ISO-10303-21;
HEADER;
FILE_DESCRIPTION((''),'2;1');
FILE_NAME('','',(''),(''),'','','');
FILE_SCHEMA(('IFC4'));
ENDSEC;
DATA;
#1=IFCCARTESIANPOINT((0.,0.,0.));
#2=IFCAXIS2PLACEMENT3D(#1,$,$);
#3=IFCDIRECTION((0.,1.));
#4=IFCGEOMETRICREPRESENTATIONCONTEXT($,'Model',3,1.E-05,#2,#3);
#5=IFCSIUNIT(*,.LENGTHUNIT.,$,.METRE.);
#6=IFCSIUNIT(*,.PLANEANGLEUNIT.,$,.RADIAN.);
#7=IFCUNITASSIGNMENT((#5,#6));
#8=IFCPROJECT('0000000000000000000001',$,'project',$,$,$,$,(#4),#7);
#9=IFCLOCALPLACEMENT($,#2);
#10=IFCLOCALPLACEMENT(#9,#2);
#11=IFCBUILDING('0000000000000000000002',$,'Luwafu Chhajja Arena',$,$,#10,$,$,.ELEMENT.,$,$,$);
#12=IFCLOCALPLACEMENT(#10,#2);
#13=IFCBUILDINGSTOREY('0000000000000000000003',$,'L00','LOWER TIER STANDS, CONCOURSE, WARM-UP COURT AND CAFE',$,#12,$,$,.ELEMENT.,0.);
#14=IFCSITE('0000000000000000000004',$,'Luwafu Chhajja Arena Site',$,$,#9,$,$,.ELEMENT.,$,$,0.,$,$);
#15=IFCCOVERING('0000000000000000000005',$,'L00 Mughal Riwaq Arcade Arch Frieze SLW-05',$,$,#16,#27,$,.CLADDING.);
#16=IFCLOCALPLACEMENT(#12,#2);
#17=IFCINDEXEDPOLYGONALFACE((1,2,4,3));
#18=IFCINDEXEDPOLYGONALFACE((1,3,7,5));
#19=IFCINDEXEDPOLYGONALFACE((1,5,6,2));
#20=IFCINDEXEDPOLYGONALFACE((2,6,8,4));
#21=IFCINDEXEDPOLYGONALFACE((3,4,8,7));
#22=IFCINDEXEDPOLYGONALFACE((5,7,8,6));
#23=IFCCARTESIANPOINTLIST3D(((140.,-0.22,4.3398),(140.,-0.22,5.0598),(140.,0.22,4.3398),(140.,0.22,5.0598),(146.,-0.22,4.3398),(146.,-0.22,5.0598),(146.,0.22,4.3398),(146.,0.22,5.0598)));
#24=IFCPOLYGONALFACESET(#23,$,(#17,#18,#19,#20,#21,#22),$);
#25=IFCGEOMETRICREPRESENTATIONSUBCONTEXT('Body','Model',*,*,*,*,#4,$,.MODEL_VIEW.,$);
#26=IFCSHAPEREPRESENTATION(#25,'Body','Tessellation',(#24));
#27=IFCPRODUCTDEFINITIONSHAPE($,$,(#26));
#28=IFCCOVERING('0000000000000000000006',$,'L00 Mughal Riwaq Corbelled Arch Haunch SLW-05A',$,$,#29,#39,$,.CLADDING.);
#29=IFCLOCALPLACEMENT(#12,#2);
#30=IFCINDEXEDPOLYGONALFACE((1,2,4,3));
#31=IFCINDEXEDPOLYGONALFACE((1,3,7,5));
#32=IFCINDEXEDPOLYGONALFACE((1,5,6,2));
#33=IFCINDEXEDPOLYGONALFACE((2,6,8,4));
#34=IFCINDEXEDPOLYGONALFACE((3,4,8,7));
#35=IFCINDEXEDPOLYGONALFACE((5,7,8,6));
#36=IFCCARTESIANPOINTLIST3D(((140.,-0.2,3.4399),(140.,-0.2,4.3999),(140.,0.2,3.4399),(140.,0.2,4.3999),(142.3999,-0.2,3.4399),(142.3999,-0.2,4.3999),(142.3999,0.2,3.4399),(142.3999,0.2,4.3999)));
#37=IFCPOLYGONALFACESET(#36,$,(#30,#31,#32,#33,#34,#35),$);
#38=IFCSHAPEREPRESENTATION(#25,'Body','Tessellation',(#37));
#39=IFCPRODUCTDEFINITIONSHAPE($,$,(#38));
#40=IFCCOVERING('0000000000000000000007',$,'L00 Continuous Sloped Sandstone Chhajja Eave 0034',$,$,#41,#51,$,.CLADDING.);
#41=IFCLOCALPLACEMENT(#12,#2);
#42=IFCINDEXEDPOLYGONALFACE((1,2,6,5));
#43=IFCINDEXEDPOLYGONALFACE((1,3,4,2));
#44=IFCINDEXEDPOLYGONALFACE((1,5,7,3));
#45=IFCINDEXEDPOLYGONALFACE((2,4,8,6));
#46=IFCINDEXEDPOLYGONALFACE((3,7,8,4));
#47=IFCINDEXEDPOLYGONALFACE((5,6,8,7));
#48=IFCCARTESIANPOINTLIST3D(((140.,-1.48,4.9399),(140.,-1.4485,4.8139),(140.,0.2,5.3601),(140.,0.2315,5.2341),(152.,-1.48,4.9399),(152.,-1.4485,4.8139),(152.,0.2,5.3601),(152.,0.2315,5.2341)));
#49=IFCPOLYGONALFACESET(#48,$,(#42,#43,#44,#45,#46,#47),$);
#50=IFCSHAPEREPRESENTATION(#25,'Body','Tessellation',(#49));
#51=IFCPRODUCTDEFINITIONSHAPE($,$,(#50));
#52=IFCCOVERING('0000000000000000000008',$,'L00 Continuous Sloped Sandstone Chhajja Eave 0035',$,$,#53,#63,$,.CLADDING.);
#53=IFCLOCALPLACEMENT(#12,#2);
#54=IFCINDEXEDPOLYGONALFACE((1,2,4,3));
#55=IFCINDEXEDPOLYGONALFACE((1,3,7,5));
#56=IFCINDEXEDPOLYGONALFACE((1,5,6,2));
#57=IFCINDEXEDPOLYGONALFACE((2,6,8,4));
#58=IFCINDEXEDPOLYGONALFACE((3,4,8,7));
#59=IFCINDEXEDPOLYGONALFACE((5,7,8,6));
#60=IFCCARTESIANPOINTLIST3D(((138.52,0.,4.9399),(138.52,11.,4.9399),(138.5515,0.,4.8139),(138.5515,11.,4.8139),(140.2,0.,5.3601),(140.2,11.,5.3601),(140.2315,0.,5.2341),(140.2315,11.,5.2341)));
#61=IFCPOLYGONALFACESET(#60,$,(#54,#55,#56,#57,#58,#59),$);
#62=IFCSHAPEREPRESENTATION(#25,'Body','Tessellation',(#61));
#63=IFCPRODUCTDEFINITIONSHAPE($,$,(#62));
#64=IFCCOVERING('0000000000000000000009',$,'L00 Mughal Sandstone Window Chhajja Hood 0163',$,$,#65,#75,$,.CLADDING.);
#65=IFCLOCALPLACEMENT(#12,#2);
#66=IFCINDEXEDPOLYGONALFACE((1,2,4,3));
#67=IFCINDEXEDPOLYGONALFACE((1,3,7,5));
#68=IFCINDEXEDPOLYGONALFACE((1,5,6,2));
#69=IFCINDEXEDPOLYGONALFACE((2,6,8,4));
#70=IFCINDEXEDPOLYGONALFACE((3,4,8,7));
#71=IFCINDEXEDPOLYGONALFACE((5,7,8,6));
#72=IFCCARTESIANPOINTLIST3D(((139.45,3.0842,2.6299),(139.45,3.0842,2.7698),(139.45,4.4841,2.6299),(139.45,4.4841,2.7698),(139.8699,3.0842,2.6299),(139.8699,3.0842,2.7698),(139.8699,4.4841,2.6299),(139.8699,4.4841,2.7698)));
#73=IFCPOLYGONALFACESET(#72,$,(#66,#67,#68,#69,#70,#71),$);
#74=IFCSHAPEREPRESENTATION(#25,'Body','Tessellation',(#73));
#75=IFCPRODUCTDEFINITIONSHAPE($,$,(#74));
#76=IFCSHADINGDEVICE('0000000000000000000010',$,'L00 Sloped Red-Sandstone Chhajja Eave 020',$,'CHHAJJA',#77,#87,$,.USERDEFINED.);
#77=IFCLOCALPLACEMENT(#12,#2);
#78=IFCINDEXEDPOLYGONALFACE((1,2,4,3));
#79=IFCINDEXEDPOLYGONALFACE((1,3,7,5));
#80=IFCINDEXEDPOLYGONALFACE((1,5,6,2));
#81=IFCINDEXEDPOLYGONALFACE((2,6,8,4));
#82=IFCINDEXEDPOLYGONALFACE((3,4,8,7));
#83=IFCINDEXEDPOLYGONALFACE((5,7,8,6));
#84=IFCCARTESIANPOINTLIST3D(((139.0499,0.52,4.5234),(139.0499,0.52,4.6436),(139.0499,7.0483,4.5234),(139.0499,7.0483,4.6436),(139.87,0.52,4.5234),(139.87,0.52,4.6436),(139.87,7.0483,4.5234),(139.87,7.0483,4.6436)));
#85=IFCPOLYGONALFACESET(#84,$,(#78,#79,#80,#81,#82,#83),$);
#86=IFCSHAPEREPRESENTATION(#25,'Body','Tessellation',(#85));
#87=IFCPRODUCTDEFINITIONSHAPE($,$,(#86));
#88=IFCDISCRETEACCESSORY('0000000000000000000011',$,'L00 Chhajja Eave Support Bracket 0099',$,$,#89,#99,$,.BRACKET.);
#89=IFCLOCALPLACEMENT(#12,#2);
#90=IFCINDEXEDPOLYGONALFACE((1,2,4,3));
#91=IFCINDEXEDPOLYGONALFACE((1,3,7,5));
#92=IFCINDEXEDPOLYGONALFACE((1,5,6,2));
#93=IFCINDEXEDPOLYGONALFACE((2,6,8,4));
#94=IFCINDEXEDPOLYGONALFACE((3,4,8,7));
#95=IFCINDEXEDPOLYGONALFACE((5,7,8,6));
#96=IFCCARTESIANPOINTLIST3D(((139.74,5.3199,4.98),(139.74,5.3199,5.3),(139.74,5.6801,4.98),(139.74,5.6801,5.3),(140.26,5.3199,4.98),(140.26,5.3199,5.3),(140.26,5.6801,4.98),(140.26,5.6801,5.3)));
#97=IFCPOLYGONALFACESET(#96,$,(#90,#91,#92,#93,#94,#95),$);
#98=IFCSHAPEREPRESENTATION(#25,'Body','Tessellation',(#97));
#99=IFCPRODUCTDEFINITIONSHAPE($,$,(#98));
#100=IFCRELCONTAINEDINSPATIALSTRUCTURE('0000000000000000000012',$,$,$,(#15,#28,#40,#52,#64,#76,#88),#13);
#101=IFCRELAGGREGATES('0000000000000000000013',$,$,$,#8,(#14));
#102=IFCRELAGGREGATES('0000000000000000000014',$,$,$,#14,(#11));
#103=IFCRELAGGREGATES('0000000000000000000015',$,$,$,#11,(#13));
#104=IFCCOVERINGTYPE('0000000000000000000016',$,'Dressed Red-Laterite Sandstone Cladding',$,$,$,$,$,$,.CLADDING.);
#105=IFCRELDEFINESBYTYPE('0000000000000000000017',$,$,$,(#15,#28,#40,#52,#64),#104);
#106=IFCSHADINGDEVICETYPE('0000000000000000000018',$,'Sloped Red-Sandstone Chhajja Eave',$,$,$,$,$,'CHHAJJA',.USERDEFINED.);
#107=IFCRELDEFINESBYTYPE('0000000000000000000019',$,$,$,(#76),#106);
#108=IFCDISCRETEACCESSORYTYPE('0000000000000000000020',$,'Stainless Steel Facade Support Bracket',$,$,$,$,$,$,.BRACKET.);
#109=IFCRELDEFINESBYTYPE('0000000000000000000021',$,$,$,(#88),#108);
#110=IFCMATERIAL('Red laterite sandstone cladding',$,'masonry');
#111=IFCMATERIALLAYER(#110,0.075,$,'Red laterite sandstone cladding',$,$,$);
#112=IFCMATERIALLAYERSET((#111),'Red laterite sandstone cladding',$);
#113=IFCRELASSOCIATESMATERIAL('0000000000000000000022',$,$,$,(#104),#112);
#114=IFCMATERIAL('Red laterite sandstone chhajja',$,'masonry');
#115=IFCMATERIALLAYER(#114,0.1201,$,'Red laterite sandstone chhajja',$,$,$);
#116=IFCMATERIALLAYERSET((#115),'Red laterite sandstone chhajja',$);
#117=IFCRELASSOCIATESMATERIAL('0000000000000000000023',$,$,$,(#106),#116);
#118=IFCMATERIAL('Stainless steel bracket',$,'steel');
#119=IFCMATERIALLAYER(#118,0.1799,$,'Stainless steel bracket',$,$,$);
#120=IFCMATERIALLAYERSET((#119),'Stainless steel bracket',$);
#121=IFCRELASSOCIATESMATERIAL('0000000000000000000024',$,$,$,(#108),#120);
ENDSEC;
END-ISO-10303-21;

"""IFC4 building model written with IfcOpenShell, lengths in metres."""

from ifc_helpers import new_model, si_unit, direction, frame, origin, origin_2d, place, context, subcontext, project, spatial, polyline, rectangle, outline, extrude, material, layer, layer_set, type_object, element, save


model = new_model("IFC4")

# Units and contexts
model_context = context("Model", 3, precision=1e-05, world=origin(), true_north=direction((0.0, 1.0)))
body_context = subcontext(model_context, "Body", "Model", "MODEL_VIEW")
ifc_project = project(units=[si_unit("LENGTHUNIT", "METRE"), si_unit("PLANEANGLEUNIT", "RADIAN")], contexts=[model_context])

# Site, building, storey
site_placement = place(None, origin())
site = spatial("IfcSite", under=ifc_project, at=site_placement, Name="Luwafu Chhajja Arena Site", CompositionType="ELEMENT", RefElevation=0.0)
building_placement = place(site_placement, origin())
building = spatial("IfcBuilding", under=site, at=building_placement, Name="Luwafu Chhajja Arena", CompositionType="ELEMENT")
storey_placement = place(building_placement, origin())
storey = spatial("IfcBuildingStorey", under=building, at=storey_placement, Name="L00", Description="LOWER TIER STANDS, CONCOURSE, WARM-UP COURT AND CAFE", CompositionType="ELEMENT", Elevation=0.0)

# Coverings
ifc_material_1 = material(Name="Red laterite sandstone cladding", Category="masonry")
ifc_layer_1 = layer(ifc_material_1, 0.075, Name="Red laterite sandstone cladding")
ifc_layer_set_1 = layer_set([ifc_layer_1], Name="Red laterite sandstone cladding")
covering_type = type_object("IfcCoveringType", Name="Dressed Red-Laterite Sandstone Cladding", PredefinedType="CLADDING", material=ifc_layer_set_1)
covering_1_placement = place(storey_placement, frame((143.0, 0.0, 4.3398), z_axis=(0.0, 0.0, 1.0), x_axis=(1.0, 0.0, 0.0)))
element("IfcCovering", 1, at=covering_1_placement, inside=storey, type_object=covering_type, Name="L00 Mughal Riwaq Arcade Arch Frieze SLW-05", PredefinedType="CLADDING", context=body_context, shape_type="SweptSolid", body=[
    extrude(rectangle(XDim=6.0, YDim=0.4399, at=origin_2d()), origin(), (0.0, 0.0, 1.0), 0.72),
])
covering_2_placement = place(storey_placement, frame((141.2, 0.0, 3.4399), z_axis=(0.0, 0.0, 1.0), x_axis=(1.0, 0.0, 0.0)))
element("IfcCovering", 2, at=covering_2_placement, inside=storey, type_object=covering_type, Name="L00 Mughal Riwaq Corbelled Arch Haunch SLW-05A", PredefinedType="CLADDING", context=body_context, shape_type="SweptSolid", body=[
    extrude(rectangle(XDim=2.3999, YDim=0.3999, at=origin_2d()), origin(), (0.0, 0.0, 1.0), 0.96),
])
covering_3_placement = place(storey_placement, frame((140.0, 0.2, 5.3601), z_axis=(0.0, -0.242635, 0.970118), x_axis=(1.0, 0.0, 0.0)))
element("IfcCovering", 3, at=covering_3_placement, inside=storey, type_object=covering_type, Name="L00 Continuous Sloped Sandstone Chhajja Eave 0034", PredefinedType="CLADDING", context=body_context, shape_type="SweptSolid", body=[
    extrude(outline(polyline([(0.0, 0.0), (12.0, 0.0), (12.0, -1.7317), (0.0, -1.7317), (0.0, 0.0)])), origin(), (0.0, 0.0, -1.0), 0.1299),
])
covering_4_placement = place(storey_placement, frame((140.2, 0.0, 5.3601), z_axis=(-0.242635, 0.0, 0.970118), x_axis=(0.0, 1.0, 0.0)))
element("IfcCovering", 4, at=covering_4_placement, inside=storey, type_object=covering_type, Name="L00 Continuous Sloped Sandstone Chhajja Eave 0035", PredefinedType="CLADDING", context=body_context, shape_type="SweptSolid", body=[
    extrude(outline(polyline([(0.0, 0.0), (11.0, 0.0), (11.0, 1.7317), (0.0, 1.7317), (0.0, 0.0)])), origin(), (0.0, 0.0, -1.0), 0.1299),
])
covering_5_placement = place(storey_placement, frame((139.6599, 3.7842, 2.6299), z_axis=(0.0, 0.0, 1.0), x_axis=(0.0, 1.0, 0.0)))
element("IfcCovering", 5, at=covering_5_placement, inside=storey, type_object=covering_type, Name="L00 Mughal Sandstone Window Chhajja Hood 0163", PredefinedType="CLADDING", context=body_context, shape_type="SweptSolid", body=[
    extrude(rectangle(XDim=1.3999, YDim=0.4199, at=origin_2d()), origin(), (0.0, 0.0, 1.0), 0.1399),
])

# Shading device
ifc_material_2 = material(Name="Red laterite sandstone chhajja", Category="masonry")
ifc_layer_2 = layer(ifc_material_2, 0.1201, Name="Red laterite sandstone chhajja")
ifc_layer_set_2 = layer_set([ifc_layer_2], Name="Red laterite sandstone chhajja")
shading_device_type = type_object("IfcShadingDeviceType", Name="Sloped Red-Sandstone Chhajja Eave", ElementType="CHHAJJA", PredefinedType="USERDEFINED", material=ifc_layer_set_2)
shading_device_placement = place(storey_placement, frame((139.46, 3.7842, 4.5234), z_axis=(0.0, 0.0, 1.0), x_axis=(0.0, 1.0, 0.0)))
element("IfcShadingDevice", 6, at=shading_device_placement, inside=storey, type_object=shading_device_type, Name="L00 Sloped Red-Sandstone Chhajja Eave 020", ObjectType="CHHAJJA", PredefinedType="USERDEFINED", context=body_context, shape_type="SweptSolid", body=[
    extrude(rectangle(XDim=6.5283, YDim=0.8201, at=origin_2d()), origin(), (0.0, 0.0, 1.0), 0.1201),
])

# Discrete accessory
ifc_material_3 = material(Name="Stainless steel bracket", Category="steel")
ifc_layer_3 = layer(ifc_material_3, 0.1799, Name="Stainless steel bracket")
ifc_layer_set_3 = layer_set([ifc_layer_3], Name="Stainless steel bracket")
discrete_accessory_type = type_object("IfcDiscreteAccessoryType", Name="Stainless Steel Facade Support Bracket", PredefinedType="BRACKET", material=ifc_layer_set_3)
discrete_accessory_placement = place(storey_placement, frame((140.0, 5.5, 4.98), z_axis=(0.0, 0.0, 1.0), x_axis=(0.0, 1.0, 0.0)))
element("IfcDiscreteAccessory", 7, at=discrete_accessory_placement, inside=storey, type_object=discrete_accessory_type, Name="L00 Chhajja Eave Support Bracket 0099", PredefinedType="BRACKET", context=body_context, shape_type="SweptSolid", body=[
    extrude(rectangle(XDim=0.3601, YDim=0.52, at=origin_2d()), origin(), (0.0, 0.0, 1.0), 0.3201),
])

save(model, "model.ifc")
